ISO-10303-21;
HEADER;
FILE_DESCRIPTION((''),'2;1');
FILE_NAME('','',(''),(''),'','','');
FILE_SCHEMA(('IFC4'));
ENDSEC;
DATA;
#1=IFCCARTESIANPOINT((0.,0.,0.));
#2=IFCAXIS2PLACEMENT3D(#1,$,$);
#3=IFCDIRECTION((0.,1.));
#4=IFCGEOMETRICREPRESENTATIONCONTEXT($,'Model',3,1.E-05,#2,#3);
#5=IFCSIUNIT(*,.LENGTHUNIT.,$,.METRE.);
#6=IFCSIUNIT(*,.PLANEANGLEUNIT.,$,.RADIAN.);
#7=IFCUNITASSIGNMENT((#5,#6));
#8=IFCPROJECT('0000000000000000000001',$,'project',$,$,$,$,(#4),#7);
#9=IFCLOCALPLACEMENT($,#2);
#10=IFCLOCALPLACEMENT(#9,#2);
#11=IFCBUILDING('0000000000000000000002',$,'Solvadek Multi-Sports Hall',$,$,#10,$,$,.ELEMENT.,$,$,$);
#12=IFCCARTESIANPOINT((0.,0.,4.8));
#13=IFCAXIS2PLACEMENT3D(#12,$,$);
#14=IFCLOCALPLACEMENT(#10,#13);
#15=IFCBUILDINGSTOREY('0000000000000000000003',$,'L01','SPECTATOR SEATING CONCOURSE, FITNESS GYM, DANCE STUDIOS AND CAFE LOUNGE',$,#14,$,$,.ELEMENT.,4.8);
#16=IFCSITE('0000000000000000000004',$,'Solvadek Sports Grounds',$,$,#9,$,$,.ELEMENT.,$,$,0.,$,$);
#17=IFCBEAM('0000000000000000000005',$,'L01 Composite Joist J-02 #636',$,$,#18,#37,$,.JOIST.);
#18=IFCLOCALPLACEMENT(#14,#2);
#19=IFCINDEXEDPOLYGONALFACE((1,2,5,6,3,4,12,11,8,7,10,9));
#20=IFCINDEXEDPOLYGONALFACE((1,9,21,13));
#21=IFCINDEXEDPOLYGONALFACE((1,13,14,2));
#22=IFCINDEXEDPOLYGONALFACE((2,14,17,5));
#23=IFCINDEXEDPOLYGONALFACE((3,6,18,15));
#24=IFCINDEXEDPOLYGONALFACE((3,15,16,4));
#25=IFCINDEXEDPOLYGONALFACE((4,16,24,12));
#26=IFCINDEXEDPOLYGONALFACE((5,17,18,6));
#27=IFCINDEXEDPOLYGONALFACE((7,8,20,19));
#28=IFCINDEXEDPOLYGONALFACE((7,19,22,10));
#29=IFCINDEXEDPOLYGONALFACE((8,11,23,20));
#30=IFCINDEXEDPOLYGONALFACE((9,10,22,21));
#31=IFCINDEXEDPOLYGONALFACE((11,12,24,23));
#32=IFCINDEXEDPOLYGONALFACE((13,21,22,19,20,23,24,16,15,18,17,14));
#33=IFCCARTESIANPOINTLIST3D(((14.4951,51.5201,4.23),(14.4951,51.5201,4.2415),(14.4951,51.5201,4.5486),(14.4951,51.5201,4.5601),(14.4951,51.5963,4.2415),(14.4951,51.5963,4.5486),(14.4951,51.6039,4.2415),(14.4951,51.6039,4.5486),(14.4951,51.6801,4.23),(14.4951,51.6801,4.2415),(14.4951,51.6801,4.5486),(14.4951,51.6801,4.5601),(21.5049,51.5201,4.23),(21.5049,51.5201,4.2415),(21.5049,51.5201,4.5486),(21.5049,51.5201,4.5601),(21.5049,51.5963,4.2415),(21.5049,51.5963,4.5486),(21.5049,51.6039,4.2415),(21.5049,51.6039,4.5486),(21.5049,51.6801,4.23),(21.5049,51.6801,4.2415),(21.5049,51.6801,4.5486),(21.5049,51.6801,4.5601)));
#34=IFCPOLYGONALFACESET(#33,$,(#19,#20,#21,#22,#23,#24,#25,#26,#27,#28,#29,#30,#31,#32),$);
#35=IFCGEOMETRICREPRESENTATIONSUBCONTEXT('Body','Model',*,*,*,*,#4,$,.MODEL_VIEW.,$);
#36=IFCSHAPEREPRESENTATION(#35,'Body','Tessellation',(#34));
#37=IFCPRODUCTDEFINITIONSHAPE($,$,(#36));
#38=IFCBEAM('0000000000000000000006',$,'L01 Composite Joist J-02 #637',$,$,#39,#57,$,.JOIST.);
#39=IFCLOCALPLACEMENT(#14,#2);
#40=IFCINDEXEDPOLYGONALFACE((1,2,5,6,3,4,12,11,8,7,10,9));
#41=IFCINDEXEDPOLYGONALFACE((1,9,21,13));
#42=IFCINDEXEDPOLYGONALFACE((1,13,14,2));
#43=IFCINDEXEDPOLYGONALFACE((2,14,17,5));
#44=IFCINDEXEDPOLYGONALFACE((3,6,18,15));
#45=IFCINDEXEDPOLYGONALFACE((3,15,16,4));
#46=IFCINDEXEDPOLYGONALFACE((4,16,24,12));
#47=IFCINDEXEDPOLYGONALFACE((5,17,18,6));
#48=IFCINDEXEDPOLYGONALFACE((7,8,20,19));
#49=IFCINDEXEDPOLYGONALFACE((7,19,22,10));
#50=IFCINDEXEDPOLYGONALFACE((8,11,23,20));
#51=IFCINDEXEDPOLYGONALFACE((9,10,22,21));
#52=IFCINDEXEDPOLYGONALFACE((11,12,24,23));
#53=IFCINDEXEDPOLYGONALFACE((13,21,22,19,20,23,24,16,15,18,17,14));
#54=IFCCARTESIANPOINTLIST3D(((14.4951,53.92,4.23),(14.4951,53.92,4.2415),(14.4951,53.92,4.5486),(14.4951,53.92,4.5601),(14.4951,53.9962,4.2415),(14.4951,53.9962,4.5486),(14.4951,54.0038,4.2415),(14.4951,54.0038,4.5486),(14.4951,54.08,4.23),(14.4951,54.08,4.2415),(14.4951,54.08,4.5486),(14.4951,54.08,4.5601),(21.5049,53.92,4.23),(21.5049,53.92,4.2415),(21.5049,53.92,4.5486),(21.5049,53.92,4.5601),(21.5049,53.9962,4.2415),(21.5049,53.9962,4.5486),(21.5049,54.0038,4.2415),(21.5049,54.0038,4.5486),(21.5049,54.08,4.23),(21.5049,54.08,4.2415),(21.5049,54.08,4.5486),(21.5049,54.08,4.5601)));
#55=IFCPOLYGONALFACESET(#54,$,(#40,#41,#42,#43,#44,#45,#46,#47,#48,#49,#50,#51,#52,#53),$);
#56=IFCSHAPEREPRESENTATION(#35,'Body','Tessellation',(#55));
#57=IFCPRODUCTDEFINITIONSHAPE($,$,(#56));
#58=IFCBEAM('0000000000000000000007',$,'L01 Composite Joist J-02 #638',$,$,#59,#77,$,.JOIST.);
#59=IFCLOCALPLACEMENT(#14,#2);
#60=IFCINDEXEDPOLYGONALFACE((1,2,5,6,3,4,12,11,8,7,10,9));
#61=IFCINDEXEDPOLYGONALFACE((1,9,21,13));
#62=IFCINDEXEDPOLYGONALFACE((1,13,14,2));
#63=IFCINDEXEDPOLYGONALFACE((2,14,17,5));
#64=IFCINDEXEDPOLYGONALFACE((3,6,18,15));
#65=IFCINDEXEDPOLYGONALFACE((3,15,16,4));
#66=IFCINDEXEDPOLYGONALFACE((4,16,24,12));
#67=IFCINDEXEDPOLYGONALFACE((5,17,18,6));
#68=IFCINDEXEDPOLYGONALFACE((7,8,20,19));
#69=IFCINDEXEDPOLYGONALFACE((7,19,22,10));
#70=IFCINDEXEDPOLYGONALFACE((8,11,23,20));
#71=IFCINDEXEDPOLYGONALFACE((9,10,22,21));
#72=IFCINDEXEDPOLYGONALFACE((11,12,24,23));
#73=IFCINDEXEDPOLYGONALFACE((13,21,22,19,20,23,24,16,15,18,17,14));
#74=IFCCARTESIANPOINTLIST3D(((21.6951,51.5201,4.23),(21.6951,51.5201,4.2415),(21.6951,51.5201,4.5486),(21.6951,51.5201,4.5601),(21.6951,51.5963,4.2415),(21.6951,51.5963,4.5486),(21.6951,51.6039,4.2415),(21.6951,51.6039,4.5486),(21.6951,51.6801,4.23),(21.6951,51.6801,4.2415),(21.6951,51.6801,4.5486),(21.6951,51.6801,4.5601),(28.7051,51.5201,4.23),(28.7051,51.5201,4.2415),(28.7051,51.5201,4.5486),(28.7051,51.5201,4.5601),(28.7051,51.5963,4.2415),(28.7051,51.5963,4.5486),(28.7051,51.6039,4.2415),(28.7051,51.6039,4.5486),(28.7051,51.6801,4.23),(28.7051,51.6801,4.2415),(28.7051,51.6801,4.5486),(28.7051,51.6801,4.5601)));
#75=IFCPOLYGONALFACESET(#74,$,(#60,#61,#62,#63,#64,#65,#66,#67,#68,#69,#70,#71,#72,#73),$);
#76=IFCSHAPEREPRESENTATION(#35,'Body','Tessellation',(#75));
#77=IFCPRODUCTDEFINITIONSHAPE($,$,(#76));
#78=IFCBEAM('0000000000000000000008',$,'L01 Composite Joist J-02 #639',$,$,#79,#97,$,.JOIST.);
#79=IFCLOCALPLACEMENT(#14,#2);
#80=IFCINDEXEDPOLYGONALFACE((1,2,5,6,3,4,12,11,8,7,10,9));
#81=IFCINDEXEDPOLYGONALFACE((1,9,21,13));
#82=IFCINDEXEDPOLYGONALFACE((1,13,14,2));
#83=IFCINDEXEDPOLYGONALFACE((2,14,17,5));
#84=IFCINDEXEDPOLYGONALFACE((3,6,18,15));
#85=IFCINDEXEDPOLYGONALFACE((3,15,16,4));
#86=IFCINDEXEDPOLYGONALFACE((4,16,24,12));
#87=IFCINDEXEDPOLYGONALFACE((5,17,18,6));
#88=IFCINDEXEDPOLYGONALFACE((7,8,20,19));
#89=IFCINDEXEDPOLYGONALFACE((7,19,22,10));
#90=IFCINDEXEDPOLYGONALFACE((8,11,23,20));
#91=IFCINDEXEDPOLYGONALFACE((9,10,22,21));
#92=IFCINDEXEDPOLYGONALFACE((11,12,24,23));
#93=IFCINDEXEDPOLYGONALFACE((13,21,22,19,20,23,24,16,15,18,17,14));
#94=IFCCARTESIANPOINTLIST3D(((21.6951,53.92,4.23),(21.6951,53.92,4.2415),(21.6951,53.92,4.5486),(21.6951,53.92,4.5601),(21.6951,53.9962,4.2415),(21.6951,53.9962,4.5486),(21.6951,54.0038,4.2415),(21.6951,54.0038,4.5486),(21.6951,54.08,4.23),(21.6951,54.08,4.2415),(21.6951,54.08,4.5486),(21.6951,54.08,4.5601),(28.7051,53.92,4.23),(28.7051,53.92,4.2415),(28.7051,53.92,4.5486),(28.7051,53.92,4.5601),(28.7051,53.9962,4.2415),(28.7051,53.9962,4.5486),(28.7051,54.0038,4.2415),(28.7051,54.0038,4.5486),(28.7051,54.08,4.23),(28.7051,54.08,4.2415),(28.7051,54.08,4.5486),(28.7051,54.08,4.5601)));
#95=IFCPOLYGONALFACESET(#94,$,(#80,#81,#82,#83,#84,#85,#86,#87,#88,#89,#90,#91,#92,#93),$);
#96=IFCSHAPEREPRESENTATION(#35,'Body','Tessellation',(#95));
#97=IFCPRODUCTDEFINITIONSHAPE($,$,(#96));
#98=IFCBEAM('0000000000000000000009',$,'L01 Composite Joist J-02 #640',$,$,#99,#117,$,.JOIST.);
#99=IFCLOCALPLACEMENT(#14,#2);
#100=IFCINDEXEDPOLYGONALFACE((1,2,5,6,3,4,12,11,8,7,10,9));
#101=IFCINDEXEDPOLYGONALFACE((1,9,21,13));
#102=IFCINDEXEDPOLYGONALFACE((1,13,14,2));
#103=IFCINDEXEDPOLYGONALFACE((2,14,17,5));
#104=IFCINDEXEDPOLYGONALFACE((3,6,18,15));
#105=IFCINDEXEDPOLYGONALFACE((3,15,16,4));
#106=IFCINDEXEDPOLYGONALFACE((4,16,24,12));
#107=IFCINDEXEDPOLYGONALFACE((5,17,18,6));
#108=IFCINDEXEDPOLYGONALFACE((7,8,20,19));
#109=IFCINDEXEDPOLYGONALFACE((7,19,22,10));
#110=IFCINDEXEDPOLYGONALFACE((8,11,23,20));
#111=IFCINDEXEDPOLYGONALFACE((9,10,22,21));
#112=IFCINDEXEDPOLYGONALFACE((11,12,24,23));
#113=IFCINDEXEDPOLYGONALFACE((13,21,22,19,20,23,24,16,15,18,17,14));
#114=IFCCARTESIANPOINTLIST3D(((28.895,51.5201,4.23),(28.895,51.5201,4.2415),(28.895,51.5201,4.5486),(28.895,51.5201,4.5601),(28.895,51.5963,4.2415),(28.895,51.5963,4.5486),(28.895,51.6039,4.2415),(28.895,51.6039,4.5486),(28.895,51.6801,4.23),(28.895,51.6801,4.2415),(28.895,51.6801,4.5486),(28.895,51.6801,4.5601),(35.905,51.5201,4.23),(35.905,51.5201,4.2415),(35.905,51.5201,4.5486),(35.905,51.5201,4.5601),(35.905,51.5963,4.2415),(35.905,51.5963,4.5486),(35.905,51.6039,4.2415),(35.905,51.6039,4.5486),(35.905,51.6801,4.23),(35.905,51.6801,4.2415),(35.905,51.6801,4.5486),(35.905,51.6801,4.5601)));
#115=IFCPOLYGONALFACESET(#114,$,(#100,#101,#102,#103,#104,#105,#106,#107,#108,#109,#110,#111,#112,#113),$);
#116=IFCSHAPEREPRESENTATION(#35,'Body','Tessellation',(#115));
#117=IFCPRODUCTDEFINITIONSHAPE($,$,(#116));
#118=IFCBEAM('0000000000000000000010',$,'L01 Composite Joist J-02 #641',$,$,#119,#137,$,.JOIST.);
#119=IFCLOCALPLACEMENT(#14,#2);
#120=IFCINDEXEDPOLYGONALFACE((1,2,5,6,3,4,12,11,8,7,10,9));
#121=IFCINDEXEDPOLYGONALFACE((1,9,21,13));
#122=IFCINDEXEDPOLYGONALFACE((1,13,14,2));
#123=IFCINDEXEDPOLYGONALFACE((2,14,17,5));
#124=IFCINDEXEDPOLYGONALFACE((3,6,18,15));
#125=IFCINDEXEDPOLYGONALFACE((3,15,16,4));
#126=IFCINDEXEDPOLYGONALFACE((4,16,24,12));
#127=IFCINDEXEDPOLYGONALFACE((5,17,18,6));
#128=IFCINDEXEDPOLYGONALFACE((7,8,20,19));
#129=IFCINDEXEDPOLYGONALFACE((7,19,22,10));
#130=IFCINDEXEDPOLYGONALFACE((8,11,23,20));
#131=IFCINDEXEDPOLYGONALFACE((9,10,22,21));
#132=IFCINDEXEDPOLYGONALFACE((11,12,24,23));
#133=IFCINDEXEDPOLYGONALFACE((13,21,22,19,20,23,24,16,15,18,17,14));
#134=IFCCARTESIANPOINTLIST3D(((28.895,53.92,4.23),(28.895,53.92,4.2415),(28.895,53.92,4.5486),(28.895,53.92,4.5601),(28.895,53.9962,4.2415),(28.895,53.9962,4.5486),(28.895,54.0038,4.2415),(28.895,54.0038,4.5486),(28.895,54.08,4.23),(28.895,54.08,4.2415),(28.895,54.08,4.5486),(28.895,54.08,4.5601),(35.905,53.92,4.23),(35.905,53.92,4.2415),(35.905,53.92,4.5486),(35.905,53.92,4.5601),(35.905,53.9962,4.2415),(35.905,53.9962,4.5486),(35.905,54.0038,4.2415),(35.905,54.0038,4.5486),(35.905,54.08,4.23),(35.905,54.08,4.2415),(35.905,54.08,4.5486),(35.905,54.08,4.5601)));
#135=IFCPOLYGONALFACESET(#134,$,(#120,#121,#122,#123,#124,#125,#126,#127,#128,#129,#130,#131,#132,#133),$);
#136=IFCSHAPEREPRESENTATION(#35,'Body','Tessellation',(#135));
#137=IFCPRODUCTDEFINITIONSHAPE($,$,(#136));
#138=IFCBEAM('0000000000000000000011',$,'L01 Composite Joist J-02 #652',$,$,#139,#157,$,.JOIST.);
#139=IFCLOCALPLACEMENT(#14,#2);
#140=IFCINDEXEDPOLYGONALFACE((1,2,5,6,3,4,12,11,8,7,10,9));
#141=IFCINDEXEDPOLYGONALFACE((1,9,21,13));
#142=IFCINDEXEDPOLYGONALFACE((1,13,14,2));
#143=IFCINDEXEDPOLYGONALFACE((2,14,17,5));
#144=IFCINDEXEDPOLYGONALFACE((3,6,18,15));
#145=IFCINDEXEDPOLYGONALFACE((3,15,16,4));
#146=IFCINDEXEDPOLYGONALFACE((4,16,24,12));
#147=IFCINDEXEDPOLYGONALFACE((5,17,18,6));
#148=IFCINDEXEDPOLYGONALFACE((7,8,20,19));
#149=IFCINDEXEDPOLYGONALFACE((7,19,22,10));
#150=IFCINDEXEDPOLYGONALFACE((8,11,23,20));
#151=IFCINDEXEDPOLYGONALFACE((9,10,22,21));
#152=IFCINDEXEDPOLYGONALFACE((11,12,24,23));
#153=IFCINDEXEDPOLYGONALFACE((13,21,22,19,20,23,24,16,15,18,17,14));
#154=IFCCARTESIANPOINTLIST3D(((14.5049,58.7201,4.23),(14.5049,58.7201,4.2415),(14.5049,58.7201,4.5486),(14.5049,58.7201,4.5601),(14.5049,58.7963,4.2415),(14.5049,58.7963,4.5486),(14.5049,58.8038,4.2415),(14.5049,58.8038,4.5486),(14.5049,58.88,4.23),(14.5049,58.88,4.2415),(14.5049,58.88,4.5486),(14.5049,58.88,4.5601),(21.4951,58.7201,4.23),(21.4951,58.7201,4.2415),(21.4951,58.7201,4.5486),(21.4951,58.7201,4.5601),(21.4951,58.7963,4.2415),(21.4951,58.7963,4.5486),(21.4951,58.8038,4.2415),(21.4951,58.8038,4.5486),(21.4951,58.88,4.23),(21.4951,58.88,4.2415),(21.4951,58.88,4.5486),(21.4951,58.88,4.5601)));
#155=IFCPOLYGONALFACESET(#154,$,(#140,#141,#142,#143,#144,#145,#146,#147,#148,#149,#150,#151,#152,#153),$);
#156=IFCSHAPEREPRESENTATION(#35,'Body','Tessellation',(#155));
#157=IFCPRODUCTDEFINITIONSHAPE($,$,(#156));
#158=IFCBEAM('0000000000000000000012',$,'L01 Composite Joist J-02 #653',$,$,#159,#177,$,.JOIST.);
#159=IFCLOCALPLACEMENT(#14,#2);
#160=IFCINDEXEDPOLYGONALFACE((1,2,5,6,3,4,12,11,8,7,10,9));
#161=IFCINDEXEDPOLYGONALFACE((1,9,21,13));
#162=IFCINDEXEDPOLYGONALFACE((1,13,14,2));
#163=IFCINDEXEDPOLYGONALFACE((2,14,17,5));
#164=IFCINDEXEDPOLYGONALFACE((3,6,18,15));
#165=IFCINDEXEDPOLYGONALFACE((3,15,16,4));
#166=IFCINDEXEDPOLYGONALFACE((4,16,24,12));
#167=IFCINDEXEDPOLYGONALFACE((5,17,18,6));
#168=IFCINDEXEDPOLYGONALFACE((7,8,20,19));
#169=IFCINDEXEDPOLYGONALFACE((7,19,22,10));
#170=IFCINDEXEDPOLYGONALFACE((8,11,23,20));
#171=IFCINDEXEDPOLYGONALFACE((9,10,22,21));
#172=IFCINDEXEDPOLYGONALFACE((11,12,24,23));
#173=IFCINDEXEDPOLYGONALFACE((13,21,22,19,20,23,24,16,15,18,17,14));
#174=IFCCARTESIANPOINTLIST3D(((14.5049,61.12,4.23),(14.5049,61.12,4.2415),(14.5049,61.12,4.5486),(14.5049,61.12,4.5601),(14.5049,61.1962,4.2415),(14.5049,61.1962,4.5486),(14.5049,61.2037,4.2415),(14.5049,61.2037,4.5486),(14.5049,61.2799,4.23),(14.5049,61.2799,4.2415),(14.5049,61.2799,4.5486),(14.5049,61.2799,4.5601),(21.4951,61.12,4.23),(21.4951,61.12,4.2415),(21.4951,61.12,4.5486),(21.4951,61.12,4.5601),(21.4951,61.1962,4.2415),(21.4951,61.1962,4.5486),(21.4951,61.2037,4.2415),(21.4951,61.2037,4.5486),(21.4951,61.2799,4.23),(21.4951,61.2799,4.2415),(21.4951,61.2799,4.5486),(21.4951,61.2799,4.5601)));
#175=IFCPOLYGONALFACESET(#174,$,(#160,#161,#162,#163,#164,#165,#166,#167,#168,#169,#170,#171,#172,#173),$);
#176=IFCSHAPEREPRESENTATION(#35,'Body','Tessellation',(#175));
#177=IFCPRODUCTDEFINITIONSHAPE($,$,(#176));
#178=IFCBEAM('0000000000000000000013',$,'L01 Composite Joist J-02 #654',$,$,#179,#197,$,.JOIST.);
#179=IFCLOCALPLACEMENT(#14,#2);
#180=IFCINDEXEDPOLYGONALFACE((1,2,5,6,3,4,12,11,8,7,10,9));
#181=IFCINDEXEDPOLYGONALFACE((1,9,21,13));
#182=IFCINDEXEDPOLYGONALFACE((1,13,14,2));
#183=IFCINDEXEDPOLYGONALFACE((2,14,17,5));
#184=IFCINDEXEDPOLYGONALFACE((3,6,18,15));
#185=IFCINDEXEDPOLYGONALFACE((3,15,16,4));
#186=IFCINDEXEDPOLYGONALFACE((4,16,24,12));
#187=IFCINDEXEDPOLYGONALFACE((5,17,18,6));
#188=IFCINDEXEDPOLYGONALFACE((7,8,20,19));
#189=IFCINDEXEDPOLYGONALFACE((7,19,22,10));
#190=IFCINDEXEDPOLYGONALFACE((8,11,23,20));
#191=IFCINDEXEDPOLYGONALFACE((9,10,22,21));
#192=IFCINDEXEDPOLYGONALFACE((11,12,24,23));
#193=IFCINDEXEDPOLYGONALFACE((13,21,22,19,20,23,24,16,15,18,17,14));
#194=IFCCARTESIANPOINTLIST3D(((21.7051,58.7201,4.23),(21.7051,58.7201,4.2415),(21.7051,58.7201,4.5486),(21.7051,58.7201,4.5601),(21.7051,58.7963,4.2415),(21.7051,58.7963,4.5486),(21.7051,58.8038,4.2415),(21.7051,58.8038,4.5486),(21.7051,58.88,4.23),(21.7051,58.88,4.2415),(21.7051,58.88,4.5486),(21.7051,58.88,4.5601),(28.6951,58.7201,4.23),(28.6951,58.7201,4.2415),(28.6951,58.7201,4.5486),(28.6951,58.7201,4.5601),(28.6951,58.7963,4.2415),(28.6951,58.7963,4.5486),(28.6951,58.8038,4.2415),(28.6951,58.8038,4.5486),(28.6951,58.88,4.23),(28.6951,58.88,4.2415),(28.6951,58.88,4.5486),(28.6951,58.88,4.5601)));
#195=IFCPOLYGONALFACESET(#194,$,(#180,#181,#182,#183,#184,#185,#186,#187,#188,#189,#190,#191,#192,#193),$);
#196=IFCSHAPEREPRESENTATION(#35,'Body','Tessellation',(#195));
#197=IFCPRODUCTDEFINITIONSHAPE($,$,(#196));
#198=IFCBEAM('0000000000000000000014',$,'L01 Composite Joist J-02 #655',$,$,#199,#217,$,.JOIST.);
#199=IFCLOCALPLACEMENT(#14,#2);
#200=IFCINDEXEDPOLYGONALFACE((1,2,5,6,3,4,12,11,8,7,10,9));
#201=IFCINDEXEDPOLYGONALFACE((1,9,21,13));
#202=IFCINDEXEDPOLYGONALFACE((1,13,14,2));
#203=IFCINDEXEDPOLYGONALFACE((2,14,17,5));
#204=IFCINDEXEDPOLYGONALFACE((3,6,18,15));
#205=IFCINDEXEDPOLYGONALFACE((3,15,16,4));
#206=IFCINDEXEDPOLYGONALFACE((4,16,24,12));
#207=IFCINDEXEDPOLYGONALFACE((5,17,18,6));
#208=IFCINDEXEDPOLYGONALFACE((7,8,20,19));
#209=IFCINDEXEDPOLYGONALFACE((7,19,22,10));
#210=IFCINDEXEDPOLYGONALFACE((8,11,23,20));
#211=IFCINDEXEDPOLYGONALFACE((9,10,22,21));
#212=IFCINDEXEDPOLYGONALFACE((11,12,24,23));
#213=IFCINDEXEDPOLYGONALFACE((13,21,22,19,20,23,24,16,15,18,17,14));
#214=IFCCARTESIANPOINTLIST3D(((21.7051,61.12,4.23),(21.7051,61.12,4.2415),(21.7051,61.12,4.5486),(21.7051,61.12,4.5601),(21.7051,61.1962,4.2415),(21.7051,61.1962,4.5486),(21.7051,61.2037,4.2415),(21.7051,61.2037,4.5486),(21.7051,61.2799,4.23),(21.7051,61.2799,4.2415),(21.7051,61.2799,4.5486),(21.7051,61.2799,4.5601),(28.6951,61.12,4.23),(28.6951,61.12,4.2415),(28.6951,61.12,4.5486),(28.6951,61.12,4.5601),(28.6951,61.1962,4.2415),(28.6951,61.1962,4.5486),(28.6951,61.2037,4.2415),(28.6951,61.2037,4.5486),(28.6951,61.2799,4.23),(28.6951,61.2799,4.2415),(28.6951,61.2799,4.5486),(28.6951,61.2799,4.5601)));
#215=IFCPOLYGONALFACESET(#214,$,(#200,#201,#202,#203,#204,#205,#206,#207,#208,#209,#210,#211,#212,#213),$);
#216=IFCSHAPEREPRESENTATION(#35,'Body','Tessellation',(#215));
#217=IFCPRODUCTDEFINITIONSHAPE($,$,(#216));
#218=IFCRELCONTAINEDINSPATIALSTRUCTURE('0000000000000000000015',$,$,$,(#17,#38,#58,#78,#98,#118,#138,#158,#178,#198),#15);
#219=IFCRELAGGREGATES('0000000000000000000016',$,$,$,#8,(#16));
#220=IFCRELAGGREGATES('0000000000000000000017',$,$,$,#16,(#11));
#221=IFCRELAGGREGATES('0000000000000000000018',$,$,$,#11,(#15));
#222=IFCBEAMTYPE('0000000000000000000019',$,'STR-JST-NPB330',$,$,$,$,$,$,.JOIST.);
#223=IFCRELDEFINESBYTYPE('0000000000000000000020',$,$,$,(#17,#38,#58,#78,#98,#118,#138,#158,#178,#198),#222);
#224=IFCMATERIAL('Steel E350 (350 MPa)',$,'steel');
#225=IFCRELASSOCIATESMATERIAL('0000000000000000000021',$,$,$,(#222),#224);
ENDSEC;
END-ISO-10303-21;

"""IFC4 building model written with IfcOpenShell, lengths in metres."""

from ifc_helpers import new_model, si_unit, direction, frame, origin, origin_2d, place, context, subcontext, project, spatial, i_section, extrude, material, material_profile, profile_set, type_object, element, save


model = new_model("IFC4")

# Units and contexts
model_context = context("Model", 3, precision=1e-05, world=origin(), true_north=direction((0.0, 1.0)))
body_context = subcontext(model_context, "Body", "Model", "MODEL_VIEW")
ifc_project = project(units=[si_unit("LENGTHUNIT", "METRE"), si_unit("PLANEANGLEUNIT", "RADIAN")], contexts=[model_context])

# Site, building, storey
site_placement = place(None, origin())
site = spatial("IfcSite", under=ifc_project, at=site_placement, Name="Solvadek Sports Grounds", CompositionType="ELEMENT", RefElevation=0.0)
building_placement = place(site_placement, origin())
building = spatial("IfcBuilding", under=site, at=building_placement, Name="Solvadek Multi-Sports Hall", CompositionType="ELEMENT")
storey_placement = place(building_placement, frame((0.0, 0.0, 4.8)))
storey = spatial("IfcBuildingStorey", under=building, at=storey_placement, Name="L01", Description="SPECTATOR SEATING CONCOURSE, FITNESS GYM, DANCE STUDIOS AND CAFE LOUNGE", CompositionType="ELEMENT", Elevation=4.8)

# Shared definitions
ifc_material_1 = material(Name="Steel E350 (350 MPa)", Category="steel")

# Beams
ifc_material_profile_1 = material_profile(ifc_material_1, i_section(OverallWidth=0.1599, OverallDepth=0.3301, WebThickness=0.0076, FlangeThickness=0.0115, at=origin_2d()), Name="NPB 330")
ifc_profile_set_1 = profile_set([ifc_material_profile_1], Name="Steel E350 (350 MPa)")
beam_type_1 = type_object("IfcBeamType", Name="STR-JST-NPB330", PredefinedType="JOIST", material=ifc_profile_set_1)
for number, where, z_axis, x_axis, name in (
    (1, (14.4951, 51.6001, 4.395), (1.0, 0.0, 0.0), (0.0, 1.0, 0.0), "L01 Composite Joist J-02 #636"),
    (2, (14.4951, 54.0, 4.395), (1.0, 0.0, 0.0), (0.0, 1.0, 0.0), "L01 Composite Joist J-02 #637"),
):
    element("IfcBeam", number, at=place(storey_placement, frame(where, z_axis=z_axis, x_axis=x_axis)), inside=storey, type_object=beam_type_1, Name=name, PredefinedType="JOIST", context=body_context, shape_type="SweptSolid", body=[
        extrude(i_section(OverallWidth=0.1599, OverallDepth=0.3301, WebThickness=0.0076, FlangeThickness=0.0115, at=origin_2d()), origin(), (0.0, 0.0, 1.0), 7.0098),
    ])
for number, where, z_axis, x_axis, name in (
    (3, (21.6951, 51.6001, 4.395), (1.0, 0.0, 0.0), (0.0, 1.0, 0.0), "L01 Composite Joist J-02 #638"),
    (4, (21.6951, 54.0, 4.395), (1.0, 0.0, 0.0), (0.0, 1.0, 0.0), "L01 Composite Joist J-02 #639"),
    (5, (28.895, 51.6001, 4.395), (1.0, 0.0, 0.0), (0.0, 1.0, 0.0), "L01 Composite Joist J-02 #640"),
    (6, (28.895, 54.0, 4.395), (1.0, 0.0, 0.0), (0.0, 1.0, 0.0), "L01 Composite Joist J-02 #641"),
):
    element("IfcBeam", number, at=place(storey_placement, frame(where, z_axis=z_axis, x_axis=x_axis)), inside=storey, type_object=beam_type_1, Name=name, PredefinedType="JOIST", context=body_context, shape_type="SweptSolid", body=[
        extrude(i_section(OverallWidth=0.1599, OverallDepth=0.3301, WebThickness=0.0076, FlangeThickness=0.0115, at=origin_2d()), origin(), (0.0, 0.0, 1.0), 7.01),
    ])
for number, where, z_axis, x_axis, name in (
    (7, (14.5049, 58.8, 4.395), (1.0, 0.0, 0.0), (0.0, 1.0, 0.0), "L01 Composite Joist J-02 #652"),
    (8, (14.5049, 61.2, 4.395), (1.0, 0.0, 0.0), (0.0, 1.0, 0.0), "L01 Composite Joist J-02 #653"),
):
    element("IfcBeam", number, at=place(storey_placement, frame(where, z_axis=z_axis, x_axis=x_axis)), inside=storey, type_object=beam_type_1, Name=name, PredefinedType="JOIST", context=body_context, shape_type="SweptSolid", body=[
        extrude(i_section(OverallWidth=0.1599, OverallDepth=0.3301, WebThickness=0.0076, FlangeThickness=0.0115, at=origin_2d()), origin(), (0.0, 0.0, 1.0), 6.9902),
    ])
for number, where, z_axis, x_axis, name in (
    (9, (21.7051, 58.8, 4.395), (1.0, 0.0, 0.0), (0.0, 1.0, 0.0), "L01 Composite Joist J-02 #654"),
    (10, (21.7051, 61.2, 4.395), (1.0, 0.0, 0.0), (0.0, 1.0, 0.0), "L01 Composite Joist J-02 #655"),
):
    element("IfcBeam", number, at=place(storey_placement, frame(where, z_axis=z_axis, x_axis=x_axis)), inside=storey, type_object=beam_type_1, Name=name, PredefinedType="JOIST", context=body_context, shape_type="SweptSolid", body=[
        extrude(i_section(OverallWidth=0.1599, OverallDepth=0.3301, WebThickness=0.0076, FlangeThickness=0.0115, at=origin_2d()), origin(), (0.0, 0.0, 1.0), 6.99),
    ])

save(model, "model.ifc")
